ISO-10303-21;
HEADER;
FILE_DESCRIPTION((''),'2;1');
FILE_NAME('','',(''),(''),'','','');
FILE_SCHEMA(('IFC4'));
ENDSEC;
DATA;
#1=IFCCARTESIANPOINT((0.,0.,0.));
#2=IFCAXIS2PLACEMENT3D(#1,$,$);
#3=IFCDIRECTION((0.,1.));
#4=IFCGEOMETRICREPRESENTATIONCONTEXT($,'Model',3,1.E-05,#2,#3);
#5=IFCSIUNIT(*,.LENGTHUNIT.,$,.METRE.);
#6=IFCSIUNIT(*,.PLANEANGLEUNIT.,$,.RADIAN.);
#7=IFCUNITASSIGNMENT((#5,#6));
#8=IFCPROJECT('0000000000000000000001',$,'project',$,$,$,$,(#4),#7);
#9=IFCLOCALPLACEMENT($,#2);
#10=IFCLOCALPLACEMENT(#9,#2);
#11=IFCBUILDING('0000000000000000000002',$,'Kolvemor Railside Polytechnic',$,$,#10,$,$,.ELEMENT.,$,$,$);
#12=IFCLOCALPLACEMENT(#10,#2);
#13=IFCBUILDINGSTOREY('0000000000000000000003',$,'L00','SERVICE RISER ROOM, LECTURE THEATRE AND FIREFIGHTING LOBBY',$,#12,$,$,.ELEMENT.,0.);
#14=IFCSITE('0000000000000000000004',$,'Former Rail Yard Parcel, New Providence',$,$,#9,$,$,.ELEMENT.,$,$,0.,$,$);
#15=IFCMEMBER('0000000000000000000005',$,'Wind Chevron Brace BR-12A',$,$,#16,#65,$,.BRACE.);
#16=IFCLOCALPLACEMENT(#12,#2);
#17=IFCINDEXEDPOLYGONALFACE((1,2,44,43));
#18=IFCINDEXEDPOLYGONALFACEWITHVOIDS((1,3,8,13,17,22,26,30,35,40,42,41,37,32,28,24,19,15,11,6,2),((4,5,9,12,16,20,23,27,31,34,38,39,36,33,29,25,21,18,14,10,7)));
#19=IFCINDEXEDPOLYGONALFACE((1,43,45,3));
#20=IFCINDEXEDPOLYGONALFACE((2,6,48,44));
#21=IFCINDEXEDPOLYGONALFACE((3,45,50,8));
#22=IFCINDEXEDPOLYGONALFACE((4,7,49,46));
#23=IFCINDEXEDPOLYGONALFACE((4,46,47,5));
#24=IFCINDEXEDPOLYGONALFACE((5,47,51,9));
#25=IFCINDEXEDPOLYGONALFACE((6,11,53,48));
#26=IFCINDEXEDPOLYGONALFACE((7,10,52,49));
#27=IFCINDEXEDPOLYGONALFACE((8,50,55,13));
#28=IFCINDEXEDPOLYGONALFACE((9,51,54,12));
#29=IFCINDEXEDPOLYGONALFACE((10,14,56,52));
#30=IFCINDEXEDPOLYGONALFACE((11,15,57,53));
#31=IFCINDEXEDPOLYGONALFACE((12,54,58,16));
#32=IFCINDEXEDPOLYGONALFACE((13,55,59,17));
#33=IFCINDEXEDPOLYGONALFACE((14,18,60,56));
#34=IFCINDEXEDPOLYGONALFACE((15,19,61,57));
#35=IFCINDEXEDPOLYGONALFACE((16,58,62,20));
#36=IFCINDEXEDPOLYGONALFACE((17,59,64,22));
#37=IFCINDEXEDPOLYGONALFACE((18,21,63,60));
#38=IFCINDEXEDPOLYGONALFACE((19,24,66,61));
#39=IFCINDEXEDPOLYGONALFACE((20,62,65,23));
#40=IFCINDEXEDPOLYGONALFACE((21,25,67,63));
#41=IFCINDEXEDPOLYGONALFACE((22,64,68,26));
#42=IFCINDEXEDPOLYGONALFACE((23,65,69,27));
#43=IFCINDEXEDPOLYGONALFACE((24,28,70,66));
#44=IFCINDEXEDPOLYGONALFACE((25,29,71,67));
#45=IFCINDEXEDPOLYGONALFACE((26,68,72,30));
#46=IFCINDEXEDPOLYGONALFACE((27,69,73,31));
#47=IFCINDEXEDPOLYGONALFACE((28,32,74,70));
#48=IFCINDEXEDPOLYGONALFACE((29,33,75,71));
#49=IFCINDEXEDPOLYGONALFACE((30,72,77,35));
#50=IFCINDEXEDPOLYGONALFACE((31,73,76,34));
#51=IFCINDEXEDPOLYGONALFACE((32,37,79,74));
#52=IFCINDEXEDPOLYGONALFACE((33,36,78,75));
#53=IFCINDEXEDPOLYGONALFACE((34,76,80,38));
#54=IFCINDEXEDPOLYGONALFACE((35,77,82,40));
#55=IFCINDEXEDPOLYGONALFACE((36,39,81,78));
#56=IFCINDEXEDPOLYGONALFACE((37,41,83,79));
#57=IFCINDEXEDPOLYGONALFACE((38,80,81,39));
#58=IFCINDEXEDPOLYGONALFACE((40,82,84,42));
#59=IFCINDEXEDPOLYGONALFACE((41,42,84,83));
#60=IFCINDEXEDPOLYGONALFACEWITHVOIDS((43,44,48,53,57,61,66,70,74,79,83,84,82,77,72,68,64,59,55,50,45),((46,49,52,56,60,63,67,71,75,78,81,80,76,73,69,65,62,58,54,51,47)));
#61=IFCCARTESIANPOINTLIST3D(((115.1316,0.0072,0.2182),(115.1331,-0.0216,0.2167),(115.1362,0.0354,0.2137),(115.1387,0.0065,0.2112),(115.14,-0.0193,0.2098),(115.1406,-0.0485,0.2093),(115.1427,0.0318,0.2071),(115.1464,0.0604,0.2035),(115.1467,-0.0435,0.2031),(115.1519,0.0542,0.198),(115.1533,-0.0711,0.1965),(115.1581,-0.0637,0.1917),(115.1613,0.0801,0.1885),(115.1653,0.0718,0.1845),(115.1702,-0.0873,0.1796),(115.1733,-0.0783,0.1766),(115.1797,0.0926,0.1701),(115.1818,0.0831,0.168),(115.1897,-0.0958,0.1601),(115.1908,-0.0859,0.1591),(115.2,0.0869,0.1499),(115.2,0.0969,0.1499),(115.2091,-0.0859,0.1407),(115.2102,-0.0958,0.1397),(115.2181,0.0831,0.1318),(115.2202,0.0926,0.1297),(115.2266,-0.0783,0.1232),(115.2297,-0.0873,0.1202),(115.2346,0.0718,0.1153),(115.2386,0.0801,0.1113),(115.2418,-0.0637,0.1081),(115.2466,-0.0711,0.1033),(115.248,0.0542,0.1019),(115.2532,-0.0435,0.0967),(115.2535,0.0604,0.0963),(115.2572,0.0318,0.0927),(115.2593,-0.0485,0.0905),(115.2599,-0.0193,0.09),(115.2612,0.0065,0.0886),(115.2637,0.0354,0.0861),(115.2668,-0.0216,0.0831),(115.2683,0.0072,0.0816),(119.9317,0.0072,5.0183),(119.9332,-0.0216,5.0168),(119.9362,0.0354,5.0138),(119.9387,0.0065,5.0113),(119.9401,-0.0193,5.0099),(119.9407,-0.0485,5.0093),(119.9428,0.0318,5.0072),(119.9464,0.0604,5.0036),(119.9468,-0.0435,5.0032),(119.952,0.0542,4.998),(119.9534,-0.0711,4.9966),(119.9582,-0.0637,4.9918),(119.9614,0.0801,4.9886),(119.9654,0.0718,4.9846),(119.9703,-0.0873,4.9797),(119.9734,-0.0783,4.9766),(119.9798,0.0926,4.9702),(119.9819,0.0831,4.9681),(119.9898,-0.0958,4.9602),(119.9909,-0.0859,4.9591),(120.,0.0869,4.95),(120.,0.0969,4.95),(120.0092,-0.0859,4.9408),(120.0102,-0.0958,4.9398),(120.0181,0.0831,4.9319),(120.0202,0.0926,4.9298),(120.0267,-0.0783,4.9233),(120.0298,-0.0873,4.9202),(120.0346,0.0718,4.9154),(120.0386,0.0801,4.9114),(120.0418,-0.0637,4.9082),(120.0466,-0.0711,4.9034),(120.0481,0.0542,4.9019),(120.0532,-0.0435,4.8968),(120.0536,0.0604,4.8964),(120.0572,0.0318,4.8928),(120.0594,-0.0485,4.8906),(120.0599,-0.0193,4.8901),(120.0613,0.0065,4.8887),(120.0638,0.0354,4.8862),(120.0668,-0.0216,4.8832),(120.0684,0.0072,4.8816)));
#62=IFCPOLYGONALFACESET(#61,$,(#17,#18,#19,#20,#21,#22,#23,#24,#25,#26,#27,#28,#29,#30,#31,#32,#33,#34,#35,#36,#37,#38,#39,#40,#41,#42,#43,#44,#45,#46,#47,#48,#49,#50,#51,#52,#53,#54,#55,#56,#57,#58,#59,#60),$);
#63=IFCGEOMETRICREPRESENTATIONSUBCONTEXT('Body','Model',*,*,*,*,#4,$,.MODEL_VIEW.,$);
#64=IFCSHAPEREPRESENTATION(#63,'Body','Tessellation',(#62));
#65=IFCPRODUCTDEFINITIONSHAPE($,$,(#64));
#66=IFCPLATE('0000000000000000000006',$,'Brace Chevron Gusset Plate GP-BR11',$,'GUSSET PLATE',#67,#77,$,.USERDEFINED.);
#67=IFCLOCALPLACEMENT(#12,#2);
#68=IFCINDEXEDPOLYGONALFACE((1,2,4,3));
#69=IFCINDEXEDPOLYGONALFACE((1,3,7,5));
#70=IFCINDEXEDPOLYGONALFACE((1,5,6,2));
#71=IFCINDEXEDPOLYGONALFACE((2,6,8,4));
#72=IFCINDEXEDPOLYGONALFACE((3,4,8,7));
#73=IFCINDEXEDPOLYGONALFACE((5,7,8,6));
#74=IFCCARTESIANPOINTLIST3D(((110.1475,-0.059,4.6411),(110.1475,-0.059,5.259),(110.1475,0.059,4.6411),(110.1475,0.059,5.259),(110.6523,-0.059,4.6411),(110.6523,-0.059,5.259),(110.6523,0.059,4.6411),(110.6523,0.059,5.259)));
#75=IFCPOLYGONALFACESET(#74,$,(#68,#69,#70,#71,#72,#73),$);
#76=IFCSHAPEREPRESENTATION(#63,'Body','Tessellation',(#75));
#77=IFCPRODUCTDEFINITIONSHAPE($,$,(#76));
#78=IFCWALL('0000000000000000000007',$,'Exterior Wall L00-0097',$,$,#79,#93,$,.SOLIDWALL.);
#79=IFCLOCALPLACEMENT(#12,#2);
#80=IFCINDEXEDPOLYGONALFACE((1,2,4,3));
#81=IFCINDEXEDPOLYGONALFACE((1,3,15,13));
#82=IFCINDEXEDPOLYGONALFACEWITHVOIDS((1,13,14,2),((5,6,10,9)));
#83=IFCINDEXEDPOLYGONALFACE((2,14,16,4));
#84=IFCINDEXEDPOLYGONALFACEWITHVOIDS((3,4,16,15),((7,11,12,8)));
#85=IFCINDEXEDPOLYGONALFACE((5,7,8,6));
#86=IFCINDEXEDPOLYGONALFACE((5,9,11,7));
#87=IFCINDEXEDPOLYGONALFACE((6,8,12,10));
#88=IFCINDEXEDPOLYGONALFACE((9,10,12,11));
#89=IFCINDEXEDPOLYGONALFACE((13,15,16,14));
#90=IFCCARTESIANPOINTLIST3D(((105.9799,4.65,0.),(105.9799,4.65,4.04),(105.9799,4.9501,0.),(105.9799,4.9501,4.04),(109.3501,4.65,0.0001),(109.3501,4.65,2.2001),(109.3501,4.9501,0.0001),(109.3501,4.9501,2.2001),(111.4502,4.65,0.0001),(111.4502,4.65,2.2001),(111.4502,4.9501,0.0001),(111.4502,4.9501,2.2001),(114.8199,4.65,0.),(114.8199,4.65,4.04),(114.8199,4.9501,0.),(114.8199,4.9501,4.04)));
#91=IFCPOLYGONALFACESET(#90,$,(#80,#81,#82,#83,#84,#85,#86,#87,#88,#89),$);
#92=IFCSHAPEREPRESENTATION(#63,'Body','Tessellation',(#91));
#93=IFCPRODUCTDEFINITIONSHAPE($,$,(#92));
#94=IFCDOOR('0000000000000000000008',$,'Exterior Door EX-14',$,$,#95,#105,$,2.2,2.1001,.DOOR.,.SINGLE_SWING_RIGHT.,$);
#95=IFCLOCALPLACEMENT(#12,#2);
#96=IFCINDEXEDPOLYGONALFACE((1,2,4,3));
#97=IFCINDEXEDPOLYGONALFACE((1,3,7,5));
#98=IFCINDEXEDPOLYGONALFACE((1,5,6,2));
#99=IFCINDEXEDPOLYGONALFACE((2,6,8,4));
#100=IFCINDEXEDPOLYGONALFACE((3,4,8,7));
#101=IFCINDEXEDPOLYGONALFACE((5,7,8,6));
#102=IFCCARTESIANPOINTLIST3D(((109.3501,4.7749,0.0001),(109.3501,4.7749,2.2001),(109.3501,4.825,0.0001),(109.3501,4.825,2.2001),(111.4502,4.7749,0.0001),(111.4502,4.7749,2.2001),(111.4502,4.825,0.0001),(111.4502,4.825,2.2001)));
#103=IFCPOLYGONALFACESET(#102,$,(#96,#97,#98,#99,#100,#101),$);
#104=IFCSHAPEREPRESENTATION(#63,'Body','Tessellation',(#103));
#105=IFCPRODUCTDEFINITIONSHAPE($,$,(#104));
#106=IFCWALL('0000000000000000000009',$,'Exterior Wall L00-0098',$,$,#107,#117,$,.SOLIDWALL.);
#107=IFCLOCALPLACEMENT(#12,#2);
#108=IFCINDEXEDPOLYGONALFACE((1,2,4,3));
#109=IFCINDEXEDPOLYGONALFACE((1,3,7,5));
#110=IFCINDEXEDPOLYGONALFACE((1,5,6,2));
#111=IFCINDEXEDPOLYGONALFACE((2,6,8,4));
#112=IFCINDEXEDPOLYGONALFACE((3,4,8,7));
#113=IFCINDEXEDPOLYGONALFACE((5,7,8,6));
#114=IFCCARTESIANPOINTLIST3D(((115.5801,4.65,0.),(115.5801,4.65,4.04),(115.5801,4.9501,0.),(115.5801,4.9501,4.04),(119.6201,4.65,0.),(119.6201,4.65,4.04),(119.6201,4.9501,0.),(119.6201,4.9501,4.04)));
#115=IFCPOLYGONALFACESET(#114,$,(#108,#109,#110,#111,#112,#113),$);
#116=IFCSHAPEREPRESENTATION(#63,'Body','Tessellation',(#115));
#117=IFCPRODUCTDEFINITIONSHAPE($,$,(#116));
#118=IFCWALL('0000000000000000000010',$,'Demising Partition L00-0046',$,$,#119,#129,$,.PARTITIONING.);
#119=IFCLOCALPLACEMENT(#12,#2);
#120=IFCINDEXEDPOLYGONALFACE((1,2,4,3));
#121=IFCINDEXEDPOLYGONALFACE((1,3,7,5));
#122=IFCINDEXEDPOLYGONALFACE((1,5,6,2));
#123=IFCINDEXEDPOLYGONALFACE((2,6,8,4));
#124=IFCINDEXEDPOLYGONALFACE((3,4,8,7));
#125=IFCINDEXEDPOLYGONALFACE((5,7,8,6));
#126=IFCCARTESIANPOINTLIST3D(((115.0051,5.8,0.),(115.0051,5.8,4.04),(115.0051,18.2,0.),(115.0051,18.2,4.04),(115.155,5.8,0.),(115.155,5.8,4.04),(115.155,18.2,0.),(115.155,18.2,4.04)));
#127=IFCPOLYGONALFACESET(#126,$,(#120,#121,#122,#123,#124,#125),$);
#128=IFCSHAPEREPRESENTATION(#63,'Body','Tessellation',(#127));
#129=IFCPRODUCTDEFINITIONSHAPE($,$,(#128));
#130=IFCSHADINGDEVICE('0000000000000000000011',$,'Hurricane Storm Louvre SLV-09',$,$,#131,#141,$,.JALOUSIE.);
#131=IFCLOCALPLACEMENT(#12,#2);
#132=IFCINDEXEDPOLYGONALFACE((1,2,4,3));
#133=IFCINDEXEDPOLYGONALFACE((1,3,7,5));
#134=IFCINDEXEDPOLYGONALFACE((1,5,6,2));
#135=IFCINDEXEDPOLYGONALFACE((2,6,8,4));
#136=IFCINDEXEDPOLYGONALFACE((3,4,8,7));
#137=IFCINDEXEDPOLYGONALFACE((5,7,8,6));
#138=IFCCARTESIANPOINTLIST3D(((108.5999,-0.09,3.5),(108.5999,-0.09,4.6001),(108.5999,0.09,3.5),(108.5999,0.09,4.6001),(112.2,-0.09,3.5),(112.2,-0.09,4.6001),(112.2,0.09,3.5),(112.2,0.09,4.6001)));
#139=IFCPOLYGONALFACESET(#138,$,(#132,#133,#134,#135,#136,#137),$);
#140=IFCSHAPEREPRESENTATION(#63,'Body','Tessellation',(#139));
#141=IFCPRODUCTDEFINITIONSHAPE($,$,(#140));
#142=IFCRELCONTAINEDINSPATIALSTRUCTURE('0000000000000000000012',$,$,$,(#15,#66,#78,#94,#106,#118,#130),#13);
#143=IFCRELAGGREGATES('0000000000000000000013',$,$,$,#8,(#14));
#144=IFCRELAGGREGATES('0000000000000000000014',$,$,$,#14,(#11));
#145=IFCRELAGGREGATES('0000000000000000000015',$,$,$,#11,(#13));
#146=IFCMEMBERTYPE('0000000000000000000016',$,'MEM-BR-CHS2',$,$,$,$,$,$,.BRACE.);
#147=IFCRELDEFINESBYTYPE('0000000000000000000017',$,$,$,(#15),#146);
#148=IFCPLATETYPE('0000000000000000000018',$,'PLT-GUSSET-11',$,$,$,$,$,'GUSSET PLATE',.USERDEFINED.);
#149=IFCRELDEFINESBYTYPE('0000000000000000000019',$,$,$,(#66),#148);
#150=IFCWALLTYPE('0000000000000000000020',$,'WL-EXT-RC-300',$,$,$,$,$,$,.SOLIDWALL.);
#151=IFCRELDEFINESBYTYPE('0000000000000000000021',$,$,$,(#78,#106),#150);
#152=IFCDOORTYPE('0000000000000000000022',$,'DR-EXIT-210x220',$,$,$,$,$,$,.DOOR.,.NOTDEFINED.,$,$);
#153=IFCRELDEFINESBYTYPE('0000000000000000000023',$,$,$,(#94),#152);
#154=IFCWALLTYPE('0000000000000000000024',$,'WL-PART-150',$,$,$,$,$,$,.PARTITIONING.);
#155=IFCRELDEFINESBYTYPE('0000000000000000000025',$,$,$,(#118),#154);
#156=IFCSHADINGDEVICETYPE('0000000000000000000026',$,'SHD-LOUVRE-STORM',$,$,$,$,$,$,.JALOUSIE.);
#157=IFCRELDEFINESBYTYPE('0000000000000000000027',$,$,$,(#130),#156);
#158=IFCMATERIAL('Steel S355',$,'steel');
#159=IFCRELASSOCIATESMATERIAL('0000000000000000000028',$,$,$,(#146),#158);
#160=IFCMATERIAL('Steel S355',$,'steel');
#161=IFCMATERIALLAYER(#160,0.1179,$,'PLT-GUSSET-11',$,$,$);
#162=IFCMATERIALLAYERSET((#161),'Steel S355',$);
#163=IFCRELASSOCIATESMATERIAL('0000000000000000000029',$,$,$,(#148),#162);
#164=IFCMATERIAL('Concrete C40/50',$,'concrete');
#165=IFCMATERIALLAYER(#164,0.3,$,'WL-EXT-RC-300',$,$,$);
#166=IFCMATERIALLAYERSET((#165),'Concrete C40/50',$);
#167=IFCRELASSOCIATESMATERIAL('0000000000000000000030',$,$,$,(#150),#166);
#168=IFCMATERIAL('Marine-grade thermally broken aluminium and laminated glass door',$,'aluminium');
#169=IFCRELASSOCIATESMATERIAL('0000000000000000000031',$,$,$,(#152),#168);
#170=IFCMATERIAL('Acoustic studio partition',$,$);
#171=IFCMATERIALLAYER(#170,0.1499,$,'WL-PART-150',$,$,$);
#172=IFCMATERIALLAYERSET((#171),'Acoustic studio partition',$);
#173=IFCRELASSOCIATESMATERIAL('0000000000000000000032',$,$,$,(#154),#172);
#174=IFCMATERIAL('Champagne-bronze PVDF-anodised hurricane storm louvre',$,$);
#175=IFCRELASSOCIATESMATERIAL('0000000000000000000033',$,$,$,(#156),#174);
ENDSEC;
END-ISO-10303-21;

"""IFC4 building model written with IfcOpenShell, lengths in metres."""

from ifc_helpers import new_model, si_unit, direction, frame, frame_2d, origin, origin_2d, place, context, subcontext, project, spatial, rectangle, hollow_circle, extrude, material, layer, layer_set, material_profile, profile_set, type_object, element, fill, save


model = new_model("IFC4")

# Units and contexts
model_context = context("Model", 3, precision=1e-05, world=origin(), true_north=direction((0.0, 1.0)))
body_context = subcontext(model_context, "Body", "Model", "MODEL_VIEW")
ifc_project = project(units=[si_unit("LENGTHUNIT", "METRE"), si_unit("PLANEANGLEUNIT", "RADIAN")], contexts=[model_context])

# Site, building, storey
site_placement = place(None, origin())
site = spatial("IfcSite", under=ifc_project, at=site_placement, Name="Former Rail Yard Parcel, New Providence", CompositionType="ELEMENT", RefElevation=0.0)
building_placement = place(site_placement, origin())
building = spatial("IfcBuilding", under=site, at=building_placement, Name="Kolvemor Railside Polytechnic", CompositionType="ELEMENT")
storey_placement = place(building_placement, origin())
storey = spatial("IfcBuildingStorey", under=building, at=storey_placement, Name="L00", Description="SERVICE RISER ROOM, LECTURE THEATRE AND FIREFIGHTING LOBBY", CompositionType="ELEMENT", Elevation=0.0)

# Member
ifc_material_1 = material(Name="Steel S355", Category="steel")
ifc_material_profile_1 = material_profile(ifc_material_1, hollow_circle(Radius=0.0969, WallThickness=0.01, at=origin_2d()), Name="CHS193.7x10")
ifc_profile_set_1 = profile_set([ifc_material_profile_1], Name="Steel S355")
member_type_1 = type_object("IfcMemberType", Name="MEM-BR-CHS2", PredefinedType="BRACE", material=ifc_profile_set_1)
member_1_placement = place(storey_placement, frame((115.2, 0.0, 0.1499), z_axis=(0.707107, 0.0, 0.707107), x_axis=(0.0, 1.0, 0.0)))
element("IfcMember", 1, at=member_1_placement, inside=storey, type_object=member_type_1, Name="Wind Chevron Brace BR-12A", PredefinedType="BRACE", context=body_context, shape_type="SweptSolid", body=[
    extrude(hollow_circle(Radius=0.0969, WallThickness=0.01, at=origin_2d()), origin(), (0.0, 0.0, 1.0), 6.7883),
])

# Plate
ifc_material_2 = material(Name="Steel S355", Category="steel")
ifc_layer_1 = layer(ifc_material_2, 0.1179, Name="PLT-GUSSET-11")
ifc_layer_set_1 = layer_set([ifc_layer_1], Name="Steel S355")
plate_type = type_object("IfcPlateType", Name="PLT-GUSSET-11", ElementType="GUSSET PLATE", PredefinedType="USERDEFINED", material=ifc_layer_set_1)
plate_placement = place(storey_placement, frame((110.3999, 0.0, 4.6411), z_axis=(0.0, 0.0, 1.0), x_axis=(1.0, 0.0, 0.0)))
element("IfcPlate", 2, at=plate_placement, inside=storey, type_object=plate_type, Name="Brace Chevron Gusset Plate GP-BR11", ObjectType="GUSSET PLATE", PredefinedType="USERDEFINED", context=body_context, shape_type="SweptSolid", body=[
    extrude(rectangle(XDim=0.5049, YDim=0.1179, at=origin_2d()), origin(), (0.0, 0.0, 1.0), 0.6179),
])

# Wall, opening, door
ifc_material_3 = material(Name="Concrete C40/50", Category="concrete")
ifc_layer_2 = layer(ifc_material_3, 0.3, Name="WL-EXT-RC-300")
ifc_layer_set_2 = layer_set([ifc_layer_2], Name="Concrete C40/50")
wall_type_1 = type_object("IfcWallType", Name="WL-EXT-RC-300", PredefinedType="SOLIDWALL", material=ifc_layer_set_2)
wall_1_placement = place(storey_placement, frame((105.98, 4.8, 0.0), z_axis=(0.0, 0.0, 1.0), x_axis=(1.0, 0.0, 0.0)))
wall_1 = element("IfcWall", 3, at=wall_1_placement, inside=storey, type_object=wall_type_1, Name="Exterior Wall L00-0097", PredefinedType="SOLIDWALL", context=body_context, shape_type="SweptSolid", body=[
    extrude(rectangle(XDim=8.8401, YDim=0.3, at=frame_2d((4.4199, 0.0))), origin(), (0.0, 0.0, 1.0), 4.04),
])
opening_placement = place(wall_1_placement, frame((3.3701, 0.0, 0.0)))
opening = element("IfcOpeningElement", 4, at=opening_placement, cuts=wall_1, PredefinedType="OPENING", context=body_context, shape_type="SweptSolid", body=[
    extrude(rectangle(XDim=2.1001, YDim=2.2, at=frame_2d((1.05, 1.1001))), frame((0.0, 0.1599, 0.0), z_axis=(0.0, -1.0, 0.0), x_axis=(1.0, 0.0, 0.0)), (0.0, 0.0, 1.0), 0.3201),
])
ifc_material_4 = material(Name="Marine-grade thermally broken aluminium and laminated glass door", Category="aluminium")
door_type = type_object("IfcDoorType", Name="DR-EXIT-210x220", OperationType="NOTDEFINED", PredefinedType="DOOR", material=ifc_material_4)
door_placement = place(opening_placement, origin())
door = element("IfcDoor", 5, at=door_placement, inside=storey, type_object=door_type, Name="Exterior Door EX-14", OperationType="SINGLE_SWING_RIGHT", OverallHeight=2.2, OverallWidth=2.1001, PredefinedType="DOOR", context=body_context, shape_type="SweptSolid", body=[
    extrude(rectangle(XDim=2.1001, YDim=2.2, at=frame_2d((1.05, 1.1001))), frame((0.0, 0.0249, 0.0), z_axis=(0.0, -1.0, 0.0), x_axis=(1.0, 0.0, 0.0)), (0.0, 0.0, 1.0), 0.05),
])
fill(opening, door)

# Walls
wall_2_placement = place(storey_placement, frame((115.5801, 4.8, 0.0), z_axis=(0.0, 0.0, 1.0), x_axis=(1.0, 0.0, 0.0)))
element("IfcWall", 6, at=wall_2_placement, inside=storey, type_object=wall_type_1, Name="Exterior Wall L00-0098", PredefinedType="SOLIDWALL", context=body_context, shape_type="SweptSolid", body=[
    extrude(rectangle(XDim=4.04, YDim=0.3, at=frame_2d((2.02, 0.0))), origin(), (0.0, 0.0, 1.0), 4.04),
])
ifc_material_5 = material(Name="Acoustic studio partition")
ifc_layer_3 = layer(ifc_material_5, 0.1499, Name="WL-PART-150")
ifc_layer_set_3 = layer_set([ifc_layer_3], Name="Acoustic studio partition")
wall_type_2 = type_object("IfcWallType", Name="WL-PART-150", PredefinedType="PARTITIONING", material=ifc_layer_set_3)
wall_3_placement = place(storey_placement, frame((115.0801, 5.8, 0.0), z_axis=(0.0, 0.0, 1.0), x_axis=(0.0, 1.0, 0.0)))
element("IfcWall", 7, at=wall_3_placement, inside=storey, type_object=wall_type_2, Name="Demising Partition L00-0046", PredefinedType="PARTITIONING", context=body_context, shape_type="SweptSolid", body=[
    extrude(rectangle(XDim=12.3999, YDim=0.1499, at=frame_2d((6.2, 0.0))), origin(), (0.0, 0.0, 1.0), 4.04),
])

# Shading device
ifc_material_6 = material(Name="Champagne-bronze PVDF-anodised hurricane storm louvre")
shading_device_type = type_object("IfcShadingDeviceType", Name="SHD-LOUVRE-STORM", PredefinedType="JALOUSIE", material=ifc_material_6)
shading_device_placement = place(storey_placement, frame((110.3999, 0.0, 3.5), z_axis=(0.0, 0.0, 1.0), x_axis=(1.0, 0.0, 0.0)))
element("IfcShadingDevice", 8, at=shading_device_placement, inside=storey, type_object=shading_device_type, Name="Hurricane Storm Louvre SLV-09", PredefinedType="JALOUSIE", context=body_context, shape_type="SweptSolid", body=[
    extrude(rectangle(XDim=3.6001, YDim=0.1799, at=origin_2d()), origin(), (0.0, 0.0, 1.0), 1.1001),
])

save(model, "model.ifc")
